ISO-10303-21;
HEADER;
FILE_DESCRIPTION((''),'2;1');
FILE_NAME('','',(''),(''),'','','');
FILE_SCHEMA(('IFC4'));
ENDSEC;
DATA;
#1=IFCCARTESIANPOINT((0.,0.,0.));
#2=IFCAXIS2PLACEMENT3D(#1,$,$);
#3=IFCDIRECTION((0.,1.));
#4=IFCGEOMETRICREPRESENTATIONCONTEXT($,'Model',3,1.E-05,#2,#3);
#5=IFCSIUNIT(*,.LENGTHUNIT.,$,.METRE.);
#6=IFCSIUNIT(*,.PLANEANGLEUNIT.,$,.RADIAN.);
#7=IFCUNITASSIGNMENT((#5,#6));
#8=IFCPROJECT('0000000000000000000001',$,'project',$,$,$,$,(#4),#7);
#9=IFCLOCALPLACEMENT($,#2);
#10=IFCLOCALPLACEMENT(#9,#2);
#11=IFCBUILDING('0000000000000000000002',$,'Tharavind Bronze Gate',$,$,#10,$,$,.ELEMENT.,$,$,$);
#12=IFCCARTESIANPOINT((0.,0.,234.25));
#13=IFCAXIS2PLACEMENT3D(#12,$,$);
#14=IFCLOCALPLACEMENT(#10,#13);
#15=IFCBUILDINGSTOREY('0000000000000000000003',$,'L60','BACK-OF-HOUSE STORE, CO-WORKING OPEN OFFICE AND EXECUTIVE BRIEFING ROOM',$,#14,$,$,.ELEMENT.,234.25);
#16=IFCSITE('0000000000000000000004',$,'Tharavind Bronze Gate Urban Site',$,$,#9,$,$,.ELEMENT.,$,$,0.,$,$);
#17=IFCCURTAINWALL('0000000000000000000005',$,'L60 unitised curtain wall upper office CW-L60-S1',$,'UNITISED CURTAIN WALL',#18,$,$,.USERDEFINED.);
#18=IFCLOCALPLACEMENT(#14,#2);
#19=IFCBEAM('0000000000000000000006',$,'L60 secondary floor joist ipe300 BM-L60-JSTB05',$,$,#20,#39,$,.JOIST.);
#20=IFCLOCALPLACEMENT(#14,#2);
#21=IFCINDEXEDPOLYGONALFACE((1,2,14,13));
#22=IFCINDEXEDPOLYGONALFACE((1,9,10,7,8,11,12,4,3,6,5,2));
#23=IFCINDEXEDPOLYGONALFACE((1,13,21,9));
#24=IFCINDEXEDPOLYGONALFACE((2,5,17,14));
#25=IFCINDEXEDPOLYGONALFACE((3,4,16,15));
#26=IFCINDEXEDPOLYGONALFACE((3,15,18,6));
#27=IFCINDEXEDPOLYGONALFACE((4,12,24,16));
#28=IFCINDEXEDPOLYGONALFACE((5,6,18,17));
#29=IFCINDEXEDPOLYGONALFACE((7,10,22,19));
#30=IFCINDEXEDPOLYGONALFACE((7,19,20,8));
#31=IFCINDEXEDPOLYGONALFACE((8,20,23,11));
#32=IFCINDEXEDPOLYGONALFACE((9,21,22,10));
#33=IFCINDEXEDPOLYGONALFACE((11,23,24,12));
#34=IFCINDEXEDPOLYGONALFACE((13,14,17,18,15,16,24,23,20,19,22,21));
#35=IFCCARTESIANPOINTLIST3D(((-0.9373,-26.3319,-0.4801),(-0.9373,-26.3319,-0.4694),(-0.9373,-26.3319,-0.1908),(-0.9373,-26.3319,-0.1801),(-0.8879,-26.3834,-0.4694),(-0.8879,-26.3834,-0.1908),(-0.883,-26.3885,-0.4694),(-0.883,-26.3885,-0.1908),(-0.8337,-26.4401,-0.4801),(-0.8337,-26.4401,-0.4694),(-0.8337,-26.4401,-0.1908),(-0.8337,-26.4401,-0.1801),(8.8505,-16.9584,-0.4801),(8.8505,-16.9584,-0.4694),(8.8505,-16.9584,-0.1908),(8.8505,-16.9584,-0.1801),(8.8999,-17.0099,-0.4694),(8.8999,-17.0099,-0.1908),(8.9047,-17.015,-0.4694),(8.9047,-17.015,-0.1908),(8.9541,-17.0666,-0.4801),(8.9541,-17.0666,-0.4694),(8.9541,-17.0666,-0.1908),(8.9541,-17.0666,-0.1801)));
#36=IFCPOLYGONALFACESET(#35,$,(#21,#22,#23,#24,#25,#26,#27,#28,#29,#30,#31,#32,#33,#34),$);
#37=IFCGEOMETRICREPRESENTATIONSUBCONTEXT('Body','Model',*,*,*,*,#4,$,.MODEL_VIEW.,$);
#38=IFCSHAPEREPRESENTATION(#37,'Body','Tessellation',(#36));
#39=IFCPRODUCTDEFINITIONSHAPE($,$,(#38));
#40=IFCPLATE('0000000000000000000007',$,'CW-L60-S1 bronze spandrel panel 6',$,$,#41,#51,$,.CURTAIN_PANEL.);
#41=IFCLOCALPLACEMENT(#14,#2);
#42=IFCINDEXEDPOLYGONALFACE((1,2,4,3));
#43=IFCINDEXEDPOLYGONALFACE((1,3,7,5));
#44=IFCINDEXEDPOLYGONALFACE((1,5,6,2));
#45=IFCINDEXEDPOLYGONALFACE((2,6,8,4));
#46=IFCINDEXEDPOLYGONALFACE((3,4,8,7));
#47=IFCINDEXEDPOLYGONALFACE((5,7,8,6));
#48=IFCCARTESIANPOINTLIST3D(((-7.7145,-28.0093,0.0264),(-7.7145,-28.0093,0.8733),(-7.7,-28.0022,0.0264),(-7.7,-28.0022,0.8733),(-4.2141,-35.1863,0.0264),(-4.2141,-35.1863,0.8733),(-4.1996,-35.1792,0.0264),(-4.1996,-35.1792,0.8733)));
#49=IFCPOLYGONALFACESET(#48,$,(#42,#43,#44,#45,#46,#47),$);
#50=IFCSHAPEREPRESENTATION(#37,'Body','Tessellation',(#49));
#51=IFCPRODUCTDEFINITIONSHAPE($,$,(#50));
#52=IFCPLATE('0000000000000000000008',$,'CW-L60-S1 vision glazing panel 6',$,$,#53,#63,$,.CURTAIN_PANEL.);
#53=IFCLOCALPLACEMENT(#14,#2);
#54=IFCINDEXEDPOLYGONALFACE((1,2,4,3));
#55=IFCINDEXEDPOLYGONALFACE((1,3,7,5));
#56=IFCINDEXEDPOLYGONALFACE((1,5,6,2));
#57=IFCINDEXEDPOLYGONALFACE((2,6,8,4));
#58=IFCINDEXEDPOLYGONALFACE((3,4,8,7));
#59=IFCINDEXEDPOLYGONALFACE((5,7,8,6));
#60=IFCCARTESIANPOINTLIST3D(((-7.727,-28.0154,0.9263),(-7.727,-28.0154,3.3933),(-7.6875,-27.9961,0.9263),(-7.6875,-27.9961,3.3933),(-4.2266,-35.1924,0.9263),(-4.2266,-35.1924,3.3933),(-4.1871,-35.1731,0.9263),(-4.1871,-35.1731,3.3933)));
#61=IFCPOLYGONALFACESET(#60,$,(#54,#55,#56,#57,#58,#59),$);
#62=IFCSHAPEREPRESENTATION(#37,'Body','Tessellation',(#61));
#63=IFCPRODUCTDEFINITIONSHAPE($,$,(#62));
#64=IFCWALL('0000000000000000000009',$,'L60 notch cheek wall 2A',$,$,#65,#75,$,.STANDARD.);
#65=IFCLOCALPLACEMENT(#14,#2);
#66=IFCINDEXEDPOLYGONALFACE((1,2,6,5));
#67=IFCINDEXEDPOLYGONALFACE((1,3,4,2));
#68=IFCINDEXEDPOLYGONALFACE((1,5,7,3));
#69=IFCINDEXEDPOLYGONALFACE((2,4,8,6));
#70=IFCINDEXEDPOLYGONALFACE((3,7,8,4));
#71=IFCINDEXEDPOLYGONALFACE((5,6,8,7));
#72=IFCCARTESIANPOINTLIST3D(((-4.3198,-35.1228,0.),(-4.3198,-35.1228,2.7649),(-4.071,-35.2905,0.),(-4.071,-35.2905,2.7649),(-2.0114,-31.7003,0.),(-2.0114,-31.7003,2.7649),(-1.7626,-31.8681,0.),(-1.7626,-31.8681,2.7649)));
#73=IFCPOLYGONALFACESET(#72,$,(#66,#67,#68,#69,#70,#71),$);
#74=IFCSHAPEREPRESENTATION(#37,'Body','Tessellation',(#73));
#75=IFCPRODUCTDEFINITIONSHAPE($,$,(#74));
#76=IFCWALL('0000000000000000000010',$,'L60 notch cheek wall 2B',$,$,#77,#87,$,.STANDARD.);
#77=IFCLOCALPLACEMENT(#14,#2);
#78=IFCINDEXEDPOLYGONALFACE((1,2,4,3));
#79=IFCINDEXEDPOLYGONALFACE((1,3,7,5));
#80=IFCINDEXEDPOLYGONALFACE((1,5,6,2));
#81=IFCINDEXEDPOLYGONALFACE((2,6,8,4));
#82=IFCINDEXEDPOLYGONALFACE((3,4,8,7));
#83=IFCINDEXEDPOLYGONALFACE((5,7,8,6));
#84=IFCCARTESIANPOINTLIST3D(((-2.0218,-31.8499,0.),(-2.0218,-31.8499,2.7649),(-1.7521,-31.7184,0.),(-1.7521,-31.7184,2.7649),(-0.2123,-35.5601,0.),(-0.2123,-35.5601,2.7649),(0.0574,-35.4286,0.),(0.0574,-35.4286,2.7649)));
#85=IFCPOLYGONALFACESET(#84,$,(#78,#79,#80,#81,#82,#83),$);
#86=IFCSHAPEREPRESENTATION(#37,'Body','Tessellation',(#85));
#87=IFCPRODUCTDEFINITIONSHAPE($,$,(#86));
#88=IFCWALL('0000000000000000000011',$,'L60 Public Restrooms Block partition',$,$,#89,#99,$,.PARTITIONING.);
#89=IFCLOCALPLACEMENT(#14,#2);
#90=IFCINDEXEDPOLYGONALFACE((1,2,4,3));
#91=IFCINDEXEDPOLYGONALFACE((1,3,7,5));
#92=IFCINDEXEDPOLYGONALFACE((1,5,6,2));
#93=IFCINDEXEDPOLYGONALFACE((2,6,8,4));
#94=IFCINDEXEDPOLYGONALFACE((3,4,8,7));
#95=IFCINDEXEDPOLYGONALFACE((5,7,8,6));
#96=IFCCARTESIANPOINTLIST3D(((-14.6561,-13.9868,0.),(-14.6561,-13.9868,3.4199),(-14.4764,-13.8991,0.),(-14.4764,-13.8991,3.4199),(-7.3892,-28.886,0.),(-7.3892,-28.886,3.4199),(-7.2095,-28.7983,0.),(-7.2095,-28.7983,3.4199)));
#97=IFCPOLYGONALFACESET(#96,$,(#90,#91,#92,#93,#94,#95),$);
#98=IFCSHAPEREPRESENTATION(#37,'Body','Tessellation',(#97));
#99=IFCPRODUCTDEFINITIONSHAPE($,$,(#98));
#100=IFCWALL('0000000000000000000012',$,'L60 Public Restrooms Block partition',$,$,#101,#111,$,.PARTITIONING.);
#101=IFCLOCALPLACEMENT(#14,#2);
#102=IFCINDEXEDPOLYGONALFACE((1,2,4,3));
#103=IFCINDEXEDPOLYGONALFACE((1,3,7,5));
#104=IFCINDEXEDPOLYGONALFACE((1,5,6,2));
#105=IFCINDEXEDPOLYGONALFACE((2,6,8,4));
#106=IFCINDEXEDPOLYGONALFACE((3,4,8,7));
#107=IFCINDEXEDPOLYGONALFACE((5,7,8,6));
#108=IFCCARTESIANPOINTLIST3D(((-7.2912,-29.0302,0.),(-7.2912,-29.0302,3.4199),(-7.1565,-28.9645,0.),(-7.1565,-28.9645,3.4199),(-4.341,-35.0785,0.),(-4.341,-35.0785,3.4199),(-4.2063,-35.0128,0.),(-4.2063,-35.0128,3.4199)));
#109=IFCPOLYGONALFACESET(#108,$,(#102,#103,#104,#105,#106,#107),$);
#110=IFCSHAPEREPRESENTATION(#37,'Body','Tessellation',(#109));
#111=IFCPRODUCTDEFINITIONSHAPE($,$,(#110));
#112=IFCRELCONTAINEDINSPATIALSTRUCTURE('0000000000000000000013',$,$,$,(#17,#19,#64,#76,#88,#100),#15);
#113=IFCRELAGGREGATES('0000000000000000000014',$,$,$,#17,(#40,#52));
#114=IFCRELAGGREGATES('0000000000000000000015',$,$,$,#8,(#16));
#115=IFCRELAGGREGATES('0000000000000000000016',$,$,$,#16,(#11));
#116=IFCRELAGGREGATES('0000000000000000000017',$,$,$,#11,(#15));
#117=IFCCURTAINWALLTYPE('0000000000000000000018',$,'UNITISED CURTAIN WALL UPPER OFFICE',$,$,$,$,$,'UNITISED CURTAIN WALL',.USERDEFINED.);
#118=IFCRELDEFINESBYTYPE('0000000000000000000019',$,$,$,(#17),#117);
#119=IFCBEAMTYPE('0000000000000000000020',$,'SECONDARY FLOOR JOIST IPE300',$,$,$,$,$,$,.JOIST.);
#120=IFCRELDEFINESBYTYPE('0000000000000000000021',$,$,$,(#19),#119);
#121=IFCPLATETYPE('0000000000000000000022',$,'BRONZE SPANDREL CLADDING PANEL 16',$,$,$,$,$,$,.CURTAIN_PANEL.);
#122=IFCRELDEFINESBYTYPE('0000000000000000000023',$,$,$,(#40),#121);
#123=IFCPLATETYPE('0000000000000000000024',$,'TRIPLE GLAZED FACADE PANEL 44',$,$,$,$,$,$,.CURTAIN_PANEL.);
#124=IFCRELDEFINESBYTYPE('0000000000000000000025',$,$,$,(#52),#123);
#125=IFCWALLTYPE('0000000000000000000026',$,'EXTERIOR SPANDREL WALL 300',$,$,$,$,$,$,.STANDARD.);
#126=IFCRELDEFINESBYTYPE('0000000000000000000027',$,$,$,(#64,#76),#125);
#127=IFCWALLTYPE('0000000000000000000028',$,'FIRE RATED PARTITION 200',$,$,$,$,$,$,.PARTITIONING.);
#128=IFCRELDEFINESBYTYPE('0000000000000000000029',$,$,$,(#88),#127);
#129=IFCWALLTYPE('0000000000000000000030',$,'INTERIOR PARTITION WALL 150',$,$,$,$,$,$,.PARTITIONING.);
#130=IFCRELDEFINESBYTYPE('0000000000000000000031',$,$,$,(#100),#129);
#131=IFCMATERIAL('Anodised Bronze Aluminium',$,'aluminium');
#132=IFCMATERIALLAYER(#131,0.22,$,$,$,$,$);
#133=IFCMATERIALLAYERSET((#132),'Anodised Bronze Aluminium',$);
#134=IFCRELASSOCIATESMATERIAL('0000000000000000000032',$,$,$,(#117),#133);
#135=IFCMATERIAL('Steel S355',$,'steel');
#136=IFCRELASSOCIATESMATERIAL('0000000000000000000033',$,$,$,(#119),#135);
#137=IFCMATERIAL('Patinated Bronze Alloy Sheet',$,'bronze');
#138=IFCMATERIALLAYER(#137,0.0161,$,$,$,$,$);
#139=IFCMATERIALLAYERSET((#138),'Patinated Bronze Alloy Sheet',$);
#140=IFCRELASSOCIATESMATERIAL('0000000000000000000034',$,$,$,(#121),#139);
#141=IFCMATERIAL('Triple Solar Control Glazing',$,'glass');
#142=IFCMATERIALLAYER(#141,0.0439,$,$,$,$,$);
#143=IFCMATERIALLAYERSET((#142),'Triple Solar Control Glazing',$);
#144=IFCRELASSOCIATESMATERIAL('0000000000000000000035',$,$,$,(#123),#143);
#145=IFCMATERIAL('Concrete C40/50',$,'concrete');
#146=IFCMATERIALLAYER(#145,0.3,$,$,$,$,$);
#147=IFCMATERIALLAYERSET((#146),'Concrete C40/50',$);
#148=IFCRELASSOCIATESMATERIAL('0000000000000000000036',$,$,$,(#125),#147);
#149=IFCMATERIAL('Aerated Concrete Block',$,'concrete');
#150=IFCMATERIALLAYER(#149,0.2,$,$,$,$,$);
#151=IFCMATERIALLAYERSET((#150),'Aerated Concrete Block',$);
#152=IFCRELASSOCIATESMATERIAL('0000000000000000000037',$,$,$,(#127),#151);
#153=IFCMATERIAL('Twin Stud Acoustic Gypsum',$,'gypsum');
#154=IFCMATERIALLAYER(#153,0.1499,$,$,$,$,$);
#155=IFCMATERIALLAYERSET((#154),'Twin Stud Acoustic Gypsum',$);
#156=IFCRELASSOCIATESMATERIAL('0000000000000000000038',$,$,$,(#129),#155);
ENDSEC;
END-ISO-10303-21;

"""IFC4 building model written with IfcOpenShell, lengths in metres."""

from ifc_helpers import new_model, si_unit, direction, frame, frame_2d, origin, origin_2d, place, context, subcontext, project, spatial, rectangle, i_section, extrude, material, layer, layer_set, material_profile, profile_set, type_object, element, aggregate, save


model = new_model("IFC4")

# Units and contexts
model_context = context("Model", 3, precision=1e-05, world=origin(), true_north=direction((0.0, 1.0)))
body_context = subcontext(model_context, "Body", "Model", "MODEL_VIEW")
ifc_project = project(units=[si_unit("LENGTHUNIT", "METRE"), si_unit("PLANEANGLEUNIT", "RADIAN")], contexts=[model_context])

# Site, building, storey
site_placement = place(None, origin())
site = spatial("IfcSite", under=ifc_project, at=site_placement, Name="Tharavind Bronze Gate Urban Site", CompositionType="ELEMENT", RefElevation=0.0)
building_placement = place(site_placement, origin())
building = spatial("IfcBuilding", under=site, at=building_placement, Name="Tharavind Bronze Gate", CompositionType="ELEMENT")
storey_placement = place(building_placement, frame((0.0, 0.0, 234.25)))
storey = spatial("IfcBuildingStorey", under=building, at=storey_placement, Name="L60", Description="BACK-OF-HOUSE STORE, CO-WORKING OPEN OFFICE AND EXECUTIVE BRIEFING ROOM", CompositionType="ELEMENT", Elevation=234.25)

# Curtain wall
ifc_material_1 = material(Name="Anodised Bronze Aluminium", Category="aluminium")
ifc_layer_1 = layer(ifc_material_1, 0.22)
ifc_layer_set_1 = layer_set([ifc_layer_1], Name="Anodised Bronze Aluminium")
curtain_wall_type = type_object("IfcCurtainWallType", Name="UNITISED CURTAIN WALL UPPER OFFICE", ElementType="UNITISED CURTAIN WALL", PredefinedType="USERDEFINED", material=ifc_layer_set_1)
curtain_wall_1_placement = place(storey_placement, origin())
curtain_wall_1 = element("IfcCurtainWall", 1, at=curtain_wall_1_placement, inside=storey, type_object=curtain_wall_type, Name="L60 unitised curtain wall upper office CW-L60-S1", ObjectType="UNITISED CURTAIN WALL", PredefinedType="USERDEFINED")

# Beam
ifc_material_2 = material(Name="Steel S355", Category="steel")
ifc_material_profile_1 = material_profile(ifc_material_2, i_section(OverallWidth=0.1499, OverallDepth=0.3, WebThickness=0.0071, FlangeThickness=0.0107, at=origin_2d()), Name="IPE300")
ifc_profile_set_1 = profile_set([ifc_material_profile_1], Name="Steel S355")
beam_type_1 = type_object("IfcBeamType", Name="SECONDARY FLOOR JOIST IPE300", PredefinedType="JOIST", material=ifc_profile_set_1)
beam_1_placement = place(storey_placement, frame((-0.8855, -26.386, -0.3301), z_axis=(0.722227, 0.691656, 0.0), x_axis=(-0.691656, 0.722227, 0.0)))
element("IfcBeam", 2, at=beam_1_placement, inside=storey, type_object=beam_type_1, Name="L60 secondary floor joist ipe300 BM-L60-JSTB05", PredefinedType="JOIST", context=body_context, shape_type="SweptSolid", body=[
    extrude(i_section(OverallWidth=0.1499, OverallDepth=0.3, WebThickness=0.0071, FlangeThickness=0.0107, at=origin_2d()), origin(), (0.0, 0.0, 1.0), 13.5522),
])

# Plates
ifc_material_3 = material(Name="Patinated Bronze Alloy Sheet", Category="bronze")
ifc_layer_2 = layer(ifc_material_3, 0.0161)
ifc_layer_set_2 = layer_set([ifc_layer_2], Name="Patinated Bronze Alloy Sheet")
plate_type_1 = type_object("IfcPlateType", Name="BRONZE SPANDREL CLADDING PANEL 16", PredefinedType="CURTAIN_PANEL", material=ifc_layer_set_2)
plate_1_placement = place(storey_placement, frame((-5.957, -31.5942, 0.0264), z_axis=(0.0, 0.0, 1.0), x_axis=(0.438371, -0.898794, 0.0)))
plate_1 = element("IfcPlate", 3, at=plate_1_placement, type_object=plate_type_1, Name="CW-L60-S1 bronze spandrel panel 6", PredefinedType="CURTAIN_PANEL", context=body_context, shape_type="SweptSolid", body=[
    extrude(rectangle(XDim=7.9851, YDim=0.0161, at=origin_2d()), origin(), (0.0, 0.0, 1.0), 0.8469),
])
ifc_material_4 = material(Name="Triple Solar Control Glazing", Category="glass")
ifc_layer_3 = layer(ifc_material_4, 0.0439)
ifc_layer_set_3 = layer_set([ifc_layer_3], Name="Triple Solar Control Glazing")
plate_type_2 = type_object("IfcPlateType", Name="TRIPLE GLAZED FACADE PANEL 44", PredefinedType="CURTAIN_PANEL", material=ifc_layer_set_3)
plate_2_placement = place(storey_placement, frame((-5.957, -31.5942, 0.9263), z_axis=(0.0, 0.0, 1.0), x_axis=(0.438371, -0.898794, 0.0)))
plate_2 = element("IfcPlate", 4, at=plate_2_placement, type_object=plate_type_2, Name="CW-L60-S1 vision glazing panel 6", PredefinedType="CURTAIN_PANEL", context=body_context, shape_type="SweptSolid", body=[
    extrude(rectangle(XDim=7.9851, YDim=0.0439, at=origin_2d()), origin(), (0.0, 0.0, 1.0), 2.467),
])
aggregate(curtain_wall_1, [plate_1, plate_2])

# Walls
ifc_material_5 = material(Name="Concrete C40/50", Category="concrete")
ifc_layer_4 = layer(ifc_material_5, 0.3)
ifc_layer_set_4 = layer_set([ifc_layer_4], Name="Concrete C40/50")
wall_type_1 = type_object("IfcWallType", Name="EXTERIOR SPANDREL WALL 300", PredefinedType="STANDARD", material=ifc_layer_set_4)
wall_1_placement = place(storey_placement, frame((-4.1953, -35.2065, 0.0), z_axis=(0.0, 0.0, 1.0), x_axis=(0.559182, 0.829045, 0.0)))
element("IfcWall", 5, at=wall_1_placement, inside=storey, type_object=wall_type_1, Name="L60 notch cheek wall 2A", PredefinedType="STANDARD", context=body_context, shape_type="SweptSolid", body=[
    extrude(rectangle(XDim=4.1282, YDim=0.3, at=frame_2d((2.064, 0.0))), origin(), (0.0, 0.0, 1.0), 2.7649),
])
wall_2_placement = place(storey_placement, frame((-1.887, -31.7842, 0.0), z_axis=(0.0, 0.0, 1.0), x_axis=(0.438368, -0.898796, 0.0)))
element("IfcWall", 6, at=wall_2_placement, inside=storey, type_object=wall_type_1, Name="L60 notch cheek wall 2B", PredefinedType="STANDARD", context=body_context, shape_type="SweptSolid", body=[
    extrude(rectangle(XDim=4.1279, YDim=0.3, at=frame_2d((2.064, 0.0))), origin(), (0.0, 0.0, 1.0), 2.7649),
])
ifc_material_6 = material(Name="Aerated Concrete Block", Category="concrete")
ifc_layer_5 = layer(ifc_material_6, 0.2)
ifc_layer_set_5 = layer_set([ifc_layer_5], Name="Aerated Concrete Block")
wall_type_2 = type_object("IfcWallType", Name="FIRE RATED PARTITION 200", PredefinedType="PARTITIONING", material=ifc_layer_set_5)
wall_3_placement = place(storey_placement, frame((-7.2993, -28.8423, 0.0), z_axis=(0.0, 0.0, 1.0), x_axis=(-0.438373, 0.898793, 0.0)))
element("IfcWall", 7, at=wall_3_placement, inside=storey, type_object=wall_type_2, Name="L60 Public Restrooms Block partition", PredefinedType="PARTITIONING", context=body_context, shape_type="SweptSolid", body=[
    extrude(rectangle(XDim=16.5769, YDim=0.2, at=frame_2d((8.2886, 0.0))), origin(), (0.0, 0.0, 1.0), 3.4199),
])
ifc_material_7 = material(Name="Twin Stud Acoustic Gypsum", Category="gypsum")
ifc_layer_6 = layer(ifc_material_7, 0.1499)
ifc_layer_set_6 = layer_set([ifc_layer_6], Name="Twin Stud Acoustic Gypsum")
wall_type_3 = type_object("IfcWallType", Name="INTERIOR PARTITION WALL 150", PredefinedType="PARTITIONING", material=ifc_layer_set_6)
wall_4_placement = place(storey_placement, frame((-4.2737, -35.0457, 0.0), z_axis=(0.0, 0.0, 1.0), x_axis=(-0.438398, 0.898781, 0.0)))
element("IfcWall", 8, at=wall_4_placement, inside=storey, type_object=wall_type_3, Name="L60 Public Restrooms Block partition", PredefinedType="PARTITIONING", context=body_context, shape_type="SweptSolid", body=[
    extrude(rectangle(XDim=6.7295, YDim=0.1499, at=frame_2d((3.3647, 0.0))), origin(), (0.0, 0.0, 1.0), 3.4199),
])

save(model, "model.ifc")
